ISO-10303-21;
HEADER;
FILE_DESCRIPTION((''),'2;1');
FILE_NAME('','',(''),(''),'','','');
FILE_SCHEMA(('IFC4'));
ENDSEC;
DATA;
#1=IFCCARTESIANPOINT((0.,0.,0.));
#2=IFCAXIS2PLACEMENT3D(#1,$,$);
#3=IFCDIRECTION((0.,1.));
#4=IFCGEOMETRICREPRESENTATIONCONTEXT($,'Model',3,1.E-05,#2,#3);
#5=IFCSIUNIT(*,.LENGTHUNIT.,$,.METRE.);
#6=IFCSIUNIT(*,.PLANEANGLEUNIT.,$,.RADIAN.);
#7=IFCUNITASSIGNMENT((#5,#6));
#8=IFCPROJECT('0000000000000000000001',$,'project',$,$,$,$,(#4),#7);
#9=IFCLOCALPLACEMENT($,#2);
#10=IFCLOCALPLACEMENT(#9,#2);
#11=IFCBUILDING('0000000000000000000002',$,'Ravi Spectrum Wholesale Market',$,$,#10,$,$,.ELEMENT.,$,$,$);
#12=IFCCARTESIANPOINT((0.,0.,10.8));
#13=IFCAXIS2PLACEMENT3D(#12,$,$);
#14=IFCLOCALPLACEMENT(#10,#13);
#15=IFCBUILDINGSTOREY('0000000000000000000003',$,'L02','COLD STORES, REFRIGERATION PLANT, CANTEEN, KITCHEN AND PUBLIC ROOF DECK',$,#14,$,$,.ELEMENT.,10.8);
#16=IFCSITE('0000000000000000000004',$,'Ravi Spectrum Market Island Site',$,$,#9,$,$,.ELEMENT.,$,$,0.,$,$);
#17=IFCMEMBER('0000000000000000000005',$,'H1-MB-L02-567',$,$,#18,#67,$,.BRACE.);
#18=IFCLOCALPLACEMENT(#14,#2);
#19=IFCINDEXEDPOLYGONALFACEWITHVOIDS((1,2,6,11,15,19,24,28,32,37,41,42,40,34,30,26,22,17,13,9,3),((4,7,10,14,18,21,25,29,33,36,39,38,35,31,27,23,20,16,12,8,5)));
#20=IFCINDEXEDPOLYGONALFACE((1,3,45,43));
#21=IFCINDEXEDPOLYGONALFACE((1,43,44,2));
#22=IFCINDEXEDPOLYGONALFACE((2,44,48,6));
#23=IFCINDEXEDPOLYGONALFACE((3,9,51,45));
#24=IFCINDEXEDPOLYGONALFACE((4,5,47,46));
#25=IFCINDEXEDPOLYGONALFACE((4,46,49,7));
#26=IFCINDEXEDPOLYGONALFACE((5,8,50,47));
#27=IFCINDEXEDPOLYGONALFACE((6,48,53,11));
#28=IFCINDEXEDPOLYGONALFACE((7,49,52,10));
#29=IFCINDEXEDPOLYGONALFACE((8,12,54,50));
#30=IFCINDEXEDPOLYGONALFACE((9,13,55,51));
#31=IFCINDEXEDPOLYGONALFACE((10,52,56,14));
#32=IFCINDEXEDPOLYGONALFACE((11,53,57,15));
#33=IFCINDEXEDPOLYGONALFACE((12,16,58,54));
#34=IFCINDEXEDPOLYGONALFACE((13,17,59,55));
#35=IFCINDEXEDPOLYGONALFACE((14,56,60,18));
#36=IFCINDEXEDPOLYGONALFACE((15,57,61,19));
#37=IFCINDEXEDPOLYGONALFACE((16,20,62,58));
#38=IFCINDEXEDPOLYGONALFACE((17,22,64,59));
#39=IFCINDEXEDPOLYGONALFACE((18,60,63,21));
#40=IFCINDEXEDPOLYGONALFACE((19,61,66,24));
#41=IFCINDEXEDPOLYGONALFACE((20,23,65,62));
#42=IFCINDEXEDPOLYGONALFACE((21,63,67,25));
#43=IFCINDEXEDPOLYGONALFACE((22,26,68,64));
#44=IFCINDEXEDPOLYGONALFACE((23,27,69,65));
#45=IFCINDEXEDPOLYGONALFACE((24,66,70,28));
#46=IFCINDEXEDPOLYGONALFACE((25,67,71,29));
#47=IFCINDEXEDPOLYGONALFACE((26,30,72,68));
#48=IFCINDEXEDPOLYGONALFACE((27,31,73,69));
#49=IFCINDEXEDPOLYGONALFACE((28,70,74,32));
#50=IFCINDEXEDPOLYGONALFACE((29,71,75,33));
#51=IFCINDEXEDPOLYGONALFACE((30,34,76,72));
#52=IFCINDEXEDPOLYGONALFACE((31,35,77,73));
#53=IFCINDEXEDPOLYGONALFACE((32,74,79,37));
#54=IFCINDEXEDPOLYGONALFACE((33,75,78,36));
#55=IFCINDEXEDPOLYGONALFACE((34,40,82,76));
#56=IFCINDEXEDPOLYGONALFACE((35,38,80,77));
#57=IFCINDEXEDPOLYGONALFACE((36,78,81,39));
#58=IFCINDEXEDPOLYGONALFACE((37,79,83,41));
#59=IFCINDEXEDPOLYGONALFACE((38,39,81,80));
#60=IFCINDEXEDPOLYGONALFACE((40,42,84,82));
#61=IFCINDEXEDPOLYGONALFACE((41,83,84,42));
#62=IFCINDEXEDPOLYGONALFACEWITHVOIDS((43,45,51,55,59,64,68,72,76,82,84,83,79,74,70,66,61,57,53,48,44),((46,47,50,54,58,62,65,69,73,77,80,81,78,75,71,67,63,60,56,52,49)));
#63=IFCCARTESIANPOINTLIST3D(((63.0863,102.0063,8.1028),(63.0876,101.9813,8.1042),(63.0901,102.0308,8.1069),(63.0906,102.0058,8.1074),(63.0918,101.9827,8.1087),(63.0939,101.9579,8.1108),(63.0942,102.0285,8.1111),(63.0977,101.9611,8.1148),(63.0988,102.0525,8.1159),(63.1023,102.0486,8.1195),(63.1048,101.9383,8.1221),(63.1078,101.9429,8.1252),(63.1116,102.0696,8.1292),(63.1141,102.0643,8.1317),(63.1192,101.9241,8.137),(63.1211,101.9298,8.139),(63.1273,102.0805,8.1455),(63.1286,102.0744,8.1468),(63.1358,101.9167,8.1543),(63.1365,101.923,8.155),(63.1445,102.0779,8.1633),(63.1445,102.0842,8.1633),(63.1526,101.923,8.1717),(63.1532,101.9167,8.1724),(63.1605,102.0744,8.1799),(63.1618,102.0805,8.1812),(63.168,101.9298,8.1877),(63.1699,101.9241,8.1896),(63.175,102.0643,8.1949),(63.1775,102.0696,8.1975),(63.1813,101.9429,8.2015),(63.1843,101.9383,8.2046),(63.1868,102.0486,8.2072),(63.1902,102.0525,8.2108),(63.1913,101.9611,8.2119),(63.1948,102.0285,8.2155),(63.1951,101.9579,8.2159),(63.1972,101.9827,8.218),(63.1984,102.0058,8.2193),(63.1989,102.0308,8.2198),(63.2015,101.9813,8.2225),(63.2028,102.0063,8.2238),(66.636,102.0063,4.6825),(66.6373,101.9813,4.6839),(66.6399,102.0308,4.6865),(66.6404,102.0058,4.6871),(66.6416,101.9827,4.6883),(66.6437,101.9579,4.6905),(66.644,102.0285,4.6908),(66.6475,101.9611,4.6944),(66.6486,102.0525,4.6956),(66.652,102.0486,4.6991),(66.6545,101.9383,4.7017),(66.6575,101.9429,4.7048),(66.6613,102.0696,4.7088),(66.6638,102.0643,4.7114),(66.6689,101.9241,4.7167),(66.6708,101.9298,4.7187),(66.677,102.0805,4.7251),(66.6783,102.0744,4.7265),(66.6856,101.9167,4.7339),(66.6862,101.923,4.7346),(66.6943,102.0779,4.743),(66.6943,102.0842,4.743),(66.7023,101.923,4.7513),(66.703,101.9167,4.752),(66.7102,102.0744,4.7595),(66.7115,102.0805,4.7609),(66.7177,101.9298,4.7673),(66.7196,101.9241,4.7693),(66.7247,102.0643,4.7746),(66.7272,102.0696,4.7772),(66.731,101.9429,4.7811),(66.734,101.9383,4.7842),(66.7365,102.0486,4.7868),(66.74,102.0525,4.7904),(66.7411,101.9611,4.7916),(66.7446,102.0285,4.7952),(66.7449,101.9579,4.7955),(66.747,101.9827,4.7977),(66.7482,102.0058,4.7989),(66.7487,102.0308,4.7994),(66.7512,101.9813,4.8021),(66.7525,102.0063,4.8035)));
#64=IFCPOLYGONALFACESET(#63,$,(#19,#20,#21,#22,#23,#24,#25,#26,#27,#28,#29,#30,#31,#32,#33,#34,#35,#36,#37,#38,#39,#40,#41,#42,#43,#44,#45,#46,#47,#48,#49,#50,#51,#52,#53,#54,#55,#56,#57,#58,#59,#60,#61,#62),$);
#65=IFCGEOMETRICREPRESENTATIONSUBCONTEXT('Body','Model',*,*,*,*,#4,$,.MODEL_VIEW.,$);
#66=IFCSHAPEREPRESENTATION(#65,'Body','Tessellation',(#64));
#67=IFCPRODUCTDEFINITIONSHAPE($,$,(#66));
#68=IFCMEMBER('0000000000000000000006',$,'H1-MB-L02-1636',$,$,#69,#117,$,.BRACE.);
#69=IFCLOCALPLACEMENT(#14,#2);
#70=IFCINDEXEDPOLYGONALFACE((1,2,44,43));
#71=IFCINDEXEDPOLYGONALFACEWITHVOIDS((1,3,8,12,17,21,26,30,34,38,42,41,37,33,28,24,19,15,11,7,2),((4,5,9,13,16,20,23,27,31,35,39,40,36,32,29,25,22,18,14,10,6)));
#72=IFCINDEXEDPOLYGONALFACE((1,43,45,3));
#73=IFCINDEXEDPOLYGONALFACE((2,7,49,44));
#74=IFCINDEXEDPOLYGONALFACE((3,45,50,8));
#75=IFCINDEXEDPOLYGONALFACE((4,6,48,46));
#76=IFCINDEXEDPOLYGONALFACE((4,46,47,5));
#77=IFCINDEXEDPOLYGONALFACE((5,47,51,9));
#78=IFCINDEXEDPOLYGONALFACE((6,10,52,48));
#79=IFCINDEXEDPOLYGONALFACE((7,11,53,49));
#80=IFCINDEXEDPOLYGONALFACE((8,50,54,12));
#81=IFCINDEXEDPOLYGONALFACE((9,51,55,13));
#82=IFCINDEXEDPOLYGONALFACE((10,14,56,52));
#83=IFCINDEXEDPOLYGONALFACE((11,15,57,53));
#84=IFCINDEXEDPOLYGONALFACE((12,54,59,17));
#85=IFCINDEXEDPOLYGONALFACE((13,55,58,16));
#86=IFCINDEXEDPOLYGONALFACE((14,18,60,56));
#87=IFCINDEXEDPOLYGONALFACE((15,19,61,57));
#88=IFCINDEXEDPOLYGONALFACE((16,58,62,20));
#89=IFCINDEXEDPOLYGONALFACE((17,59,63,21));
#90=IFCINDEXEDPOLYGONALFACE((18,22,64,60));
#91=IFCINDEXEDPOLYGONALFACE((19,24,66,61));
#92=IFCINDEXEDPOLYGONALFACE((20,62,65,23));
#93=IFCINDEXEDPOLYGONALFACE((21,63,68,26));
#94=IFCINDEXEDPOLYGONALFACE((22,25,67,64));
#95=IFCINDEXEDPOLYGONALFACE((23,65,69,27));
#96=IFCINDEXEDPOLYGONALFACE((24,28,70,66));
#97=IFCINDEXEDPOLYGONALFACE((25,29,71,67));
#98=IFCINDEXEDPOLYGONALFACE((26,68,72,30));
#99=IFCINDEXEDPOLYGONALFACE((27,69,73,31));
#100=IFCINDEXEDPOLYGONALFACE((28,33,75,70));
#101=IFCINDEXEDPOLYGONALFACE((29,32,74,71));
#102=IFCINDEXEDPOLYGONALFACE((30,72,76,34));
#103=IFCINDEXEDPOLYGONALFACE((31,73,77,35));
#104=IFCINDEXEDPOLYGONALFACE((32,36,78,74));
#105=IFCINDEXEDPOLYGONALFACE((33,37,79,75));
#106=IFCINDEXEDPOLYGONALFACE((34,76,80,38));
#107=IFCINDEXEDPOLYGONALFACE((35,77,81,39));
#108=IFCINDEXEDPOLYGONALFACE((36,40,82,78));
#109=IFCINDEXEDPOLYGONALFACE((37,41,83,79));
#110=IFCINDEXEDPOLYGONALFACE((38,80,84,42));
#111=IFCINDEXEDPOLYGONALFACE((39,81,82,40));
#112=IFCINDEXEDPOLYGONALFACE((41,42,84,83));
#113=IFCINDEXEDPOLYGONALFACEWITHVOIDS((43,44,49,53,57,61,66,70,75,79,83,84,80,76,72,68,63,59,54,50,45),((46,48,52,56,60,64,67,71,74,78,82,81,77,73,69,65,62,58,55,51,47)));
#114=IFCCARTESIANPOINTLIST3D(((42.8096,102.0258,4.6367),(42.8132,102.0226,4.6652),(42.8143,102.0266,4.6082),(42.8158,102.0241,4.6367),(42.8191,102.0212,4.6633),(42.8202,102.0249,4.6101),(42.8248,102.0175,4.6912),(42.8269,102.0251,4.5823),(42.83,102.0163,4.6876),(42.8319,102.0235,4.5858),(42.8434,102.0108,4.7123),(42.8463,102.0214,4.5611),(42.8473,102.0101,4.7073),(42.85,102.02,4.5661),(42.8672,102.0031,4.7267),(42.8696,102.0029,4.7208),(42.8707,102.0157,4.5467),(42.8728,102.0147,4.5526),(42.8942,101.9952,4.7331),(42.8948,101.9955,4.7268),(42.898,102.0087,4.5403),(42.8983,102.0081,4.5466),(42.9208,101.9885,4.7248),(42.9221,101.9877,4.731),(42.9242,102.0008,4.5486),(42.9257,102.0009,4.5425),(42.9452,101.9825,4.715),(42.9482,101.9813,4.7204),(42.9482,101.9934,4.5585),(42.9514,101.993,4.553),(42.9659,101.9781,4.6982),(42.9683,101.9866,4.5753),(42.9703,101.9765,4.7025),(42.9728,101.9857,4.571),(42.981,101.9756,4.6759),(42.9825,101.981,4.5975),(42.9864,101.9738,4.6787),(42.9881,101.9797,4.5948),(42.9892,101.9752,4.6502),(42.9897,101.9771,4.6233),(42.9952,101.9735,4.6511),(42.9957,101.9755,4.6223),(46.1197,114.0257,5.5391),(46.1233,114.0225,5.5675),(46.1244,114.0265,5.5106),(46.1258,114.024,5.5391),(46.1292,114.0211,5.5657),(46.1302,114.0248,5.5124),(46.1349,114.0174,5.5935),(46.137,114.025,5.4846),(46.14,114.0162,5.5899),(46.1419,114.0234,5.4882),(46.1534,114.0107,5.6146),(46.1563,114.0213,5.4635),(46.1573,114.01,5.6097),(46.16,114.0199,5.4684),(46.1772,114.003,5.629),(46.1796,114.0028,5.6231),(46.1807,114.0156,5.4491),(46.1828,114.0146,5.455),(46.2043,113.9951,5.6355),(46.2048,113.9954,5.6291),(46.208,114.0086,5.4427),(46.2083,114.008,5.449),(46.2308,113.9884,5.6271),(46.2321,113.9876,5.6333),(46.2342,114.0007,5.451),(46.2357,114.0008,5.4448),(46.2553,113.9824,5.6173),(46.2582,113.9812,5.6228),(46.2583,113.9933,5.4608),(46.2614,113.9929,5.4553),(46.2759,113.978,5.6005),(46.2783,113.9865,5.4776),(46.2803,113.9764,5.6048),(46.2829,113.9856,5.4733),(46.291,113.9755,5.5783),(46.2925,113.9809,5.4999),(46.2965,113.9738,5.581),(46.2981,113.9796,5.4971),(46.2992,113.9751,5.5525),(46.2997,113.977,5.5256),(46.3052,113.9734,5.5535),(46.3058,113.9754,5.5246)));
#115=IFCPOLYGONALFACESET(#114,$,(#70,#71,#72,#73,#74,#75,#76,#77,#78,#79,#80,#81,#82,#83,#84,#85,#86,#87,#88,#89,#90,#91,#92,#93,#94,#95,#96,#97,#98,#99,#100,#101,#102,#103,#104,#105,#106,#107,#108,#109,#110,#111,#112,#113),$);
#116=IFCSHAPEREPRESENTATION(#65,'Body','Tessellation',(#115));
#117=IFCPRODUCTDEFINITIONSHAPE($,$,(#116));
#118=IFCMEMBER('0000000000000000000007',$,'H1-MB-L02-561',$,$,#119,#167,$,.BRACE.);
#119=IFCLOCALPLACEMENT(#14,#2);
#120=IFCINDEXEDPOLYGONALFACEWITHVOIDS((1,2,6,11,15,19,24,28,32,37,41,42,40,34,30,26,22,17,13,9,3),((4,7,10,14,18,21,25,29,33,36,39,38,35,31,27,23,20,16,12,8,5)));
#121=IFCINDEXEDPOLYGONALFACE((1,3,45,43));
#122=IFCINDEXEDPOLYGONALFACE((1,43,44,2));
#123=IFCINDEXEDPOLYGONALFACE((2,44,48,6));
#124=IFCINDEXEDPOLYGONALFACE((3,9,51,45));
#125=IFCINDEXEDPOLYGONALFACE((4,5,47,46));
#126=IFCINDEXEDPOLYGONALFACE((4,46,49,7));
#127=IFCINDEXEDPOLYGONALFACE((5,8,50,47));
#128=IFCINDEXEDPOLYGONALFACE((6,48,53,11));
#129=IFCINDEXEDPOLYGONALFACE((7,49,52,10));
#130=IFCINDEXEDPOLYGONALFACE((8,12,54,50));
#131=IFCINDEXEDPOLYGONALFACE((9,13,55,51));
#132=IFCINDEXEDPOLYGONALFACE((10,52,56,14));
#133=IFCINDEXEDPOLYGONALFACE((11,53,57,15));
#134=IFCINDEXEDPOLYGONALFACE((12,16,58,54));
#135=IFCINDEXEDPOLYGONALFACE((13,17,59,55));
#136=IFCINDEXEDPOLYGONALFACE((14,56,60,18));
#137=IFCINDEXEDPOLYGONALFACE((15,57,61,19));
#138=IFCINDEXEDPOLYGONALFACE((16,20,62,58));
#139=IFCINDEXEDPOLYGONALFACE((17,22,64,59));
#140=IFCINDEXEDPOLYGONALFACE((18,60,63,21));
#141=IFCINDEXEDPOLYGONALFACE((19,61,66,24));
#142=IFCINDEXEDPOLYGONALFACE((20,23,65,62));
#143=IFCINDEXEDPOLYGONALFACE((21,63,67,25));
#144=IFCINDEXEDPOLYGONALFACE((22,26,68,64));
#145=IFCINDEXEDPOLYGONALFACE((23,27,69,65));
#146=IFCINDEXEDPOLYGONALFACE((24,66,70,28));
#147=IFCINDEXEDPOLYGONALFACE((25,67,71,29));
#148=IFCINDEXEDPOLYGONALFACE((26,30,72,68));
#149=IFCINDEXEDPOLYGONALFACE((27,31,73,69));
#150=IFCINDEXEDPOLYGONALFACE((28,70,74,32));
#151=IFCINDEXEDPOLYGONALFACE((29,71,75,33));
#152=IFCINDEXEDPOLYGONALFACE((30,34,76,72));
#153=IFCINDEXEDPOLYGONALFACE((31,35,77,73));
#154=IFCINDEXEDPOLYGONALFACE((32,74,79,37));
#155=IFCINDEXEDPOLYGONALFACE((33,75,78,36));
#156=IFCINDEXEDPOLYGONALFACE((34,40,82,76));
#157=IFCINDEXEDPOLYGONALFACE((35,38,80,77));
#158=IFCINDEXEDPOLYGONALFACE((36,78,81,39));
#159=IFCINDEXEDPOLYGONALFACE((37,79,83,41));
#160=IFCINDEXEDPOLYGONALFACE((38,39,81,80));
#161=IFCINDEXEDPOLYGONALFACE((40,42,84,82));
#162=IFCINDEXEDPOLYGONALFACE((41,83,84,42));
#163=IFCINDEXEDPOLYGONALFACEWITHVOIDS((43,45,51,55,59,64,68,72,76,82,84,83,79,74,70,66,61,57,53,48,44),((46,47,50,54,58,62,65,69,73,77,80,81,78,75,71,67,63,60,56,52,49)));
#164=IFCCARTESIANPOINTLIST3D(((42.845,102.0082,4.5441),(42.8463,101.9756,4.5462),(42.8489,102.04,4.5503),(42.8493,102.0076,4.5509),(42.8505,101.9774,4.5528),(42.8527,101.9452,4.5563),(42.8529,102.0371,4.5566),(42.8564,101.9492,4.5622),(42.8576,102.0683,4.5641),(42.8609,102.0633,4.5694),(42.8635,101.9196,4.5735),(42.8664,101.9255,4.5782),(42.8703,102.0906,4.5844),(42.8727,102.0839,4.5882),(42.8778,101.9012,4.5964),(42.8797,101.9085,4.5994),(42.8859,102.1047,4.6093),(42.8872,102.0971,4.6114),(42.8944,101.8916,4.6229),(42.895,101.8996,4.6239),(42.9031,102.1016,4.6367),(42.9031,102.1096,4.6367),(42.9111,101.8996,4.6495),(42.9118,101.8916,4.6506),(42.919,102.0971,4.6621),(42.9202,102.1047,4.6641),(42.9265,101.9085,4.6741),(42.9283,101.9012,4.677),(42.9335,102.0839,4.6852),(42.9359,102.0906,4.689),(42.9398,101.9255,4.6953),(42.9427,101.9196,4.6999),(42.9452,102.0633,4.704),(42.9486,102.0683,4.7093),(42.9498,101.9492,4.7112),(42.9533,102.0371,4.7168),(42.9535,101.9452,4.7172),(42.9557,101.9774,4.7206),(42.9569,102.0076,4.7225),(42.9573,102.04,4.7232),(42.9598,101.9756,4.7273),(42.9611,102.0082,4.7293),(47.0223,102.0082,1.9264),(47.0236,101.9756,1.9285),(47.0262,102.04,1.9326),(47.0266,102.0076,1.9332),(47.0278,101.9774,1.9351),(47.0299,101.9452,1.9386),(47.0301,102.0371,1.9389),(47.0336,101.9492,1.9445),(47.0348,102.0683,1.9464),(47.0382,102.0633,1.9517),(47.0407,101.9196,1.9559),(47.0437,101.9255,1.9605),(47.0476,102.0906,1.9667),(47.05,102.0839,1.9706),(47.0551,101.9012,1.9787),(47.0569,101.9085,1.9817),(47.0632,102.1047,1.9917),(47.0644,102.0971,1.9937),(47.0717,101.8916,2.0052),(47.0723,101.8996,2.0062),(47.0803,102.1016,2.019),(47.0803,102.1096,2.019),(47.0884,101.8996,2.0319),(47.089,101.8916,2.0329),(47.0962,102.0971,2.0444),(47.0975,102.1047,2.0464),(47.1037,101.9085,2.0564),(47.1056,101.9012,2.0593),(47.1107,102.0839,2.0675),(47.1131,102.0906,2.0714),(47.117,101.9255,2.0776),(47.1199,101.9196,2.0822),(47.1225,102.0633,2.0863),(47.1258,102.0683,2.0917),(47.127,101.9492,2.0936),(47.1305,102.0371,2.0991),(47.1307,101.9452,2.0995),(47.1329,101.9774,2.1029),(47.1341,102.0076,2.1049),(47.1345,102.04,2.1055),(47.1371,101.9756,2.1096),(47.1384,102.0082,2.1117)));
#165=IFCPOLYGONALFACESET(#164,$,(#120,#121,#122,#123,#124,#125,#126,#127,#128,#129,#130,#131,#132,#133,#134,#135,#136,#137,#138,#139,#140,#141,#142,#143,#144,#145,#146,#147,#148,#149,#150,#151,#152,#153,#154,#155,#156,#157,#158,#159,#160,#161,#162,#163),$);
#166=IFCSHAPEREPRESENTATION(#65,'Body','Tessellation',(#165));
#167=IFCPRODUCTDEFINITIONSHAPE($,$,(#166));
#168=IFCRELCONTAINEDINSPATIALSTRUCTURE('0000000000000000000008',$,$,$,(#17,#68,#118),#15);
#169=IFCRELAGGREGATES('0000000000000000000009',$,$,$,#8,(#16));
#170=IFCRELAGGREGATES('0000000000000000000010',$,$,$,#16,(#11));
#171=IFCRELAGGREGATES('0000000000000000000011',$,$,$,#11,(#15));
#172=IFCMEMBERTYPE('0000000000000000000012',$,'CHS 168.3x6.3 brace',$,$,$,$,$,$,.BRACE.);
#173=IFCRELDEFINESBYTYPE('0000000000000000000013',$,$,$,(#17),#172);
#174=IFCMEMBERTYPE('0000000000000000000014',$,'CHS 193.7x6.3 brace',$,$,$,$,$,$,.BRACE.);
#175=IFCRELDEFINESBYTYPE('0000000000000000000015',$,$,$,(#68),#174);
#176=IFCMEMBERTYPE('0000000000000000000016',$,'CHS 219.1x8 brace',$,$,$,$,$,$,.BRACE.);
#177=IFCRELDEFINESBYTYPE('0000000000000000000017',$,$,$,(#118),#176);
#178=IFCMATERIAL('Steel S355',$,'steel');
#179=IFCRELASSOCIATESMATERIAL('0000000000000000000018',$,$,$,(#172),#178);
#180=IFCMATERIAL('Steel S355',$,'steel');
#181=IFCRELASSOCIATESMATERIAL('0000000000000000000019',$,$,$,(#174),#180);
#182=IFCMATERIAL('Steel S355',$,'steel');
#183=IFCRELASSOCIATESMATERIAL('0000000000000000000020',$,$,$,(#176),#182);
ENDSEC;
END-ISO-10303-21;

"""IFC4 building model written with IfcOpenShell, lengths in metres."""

from ifc_helpers import new_model, si_unit, direction, frame, origin, origin_2d, place, context, subcontext, project, spatial, hollow_circle, extrude, material, material_profile, profile_set, type_object, element, save


model = new_model("IFC4")

# Units and contexts
model_context = context("Model", 3, precision=1e-05, world=origin(), true_north=direction((0.0, 1.0)))
body_context = subcontext(model_context, "Body", "Model", "MODEL_VIEW")
ifc_project = project(units=[si_unit("LENGTHUNIT", "METRE"), si_unit("PLANEANGLEUNIT", "RADIAN")], contexts=[model_context])

# Site, building, storey
site_placement = place(None, origin())
site = spatial("IfcSite", under=ifc_project, at=site_placement, Name="Ravi Spectrum Market Island Site", CompositionType="ELEMENT", RefElevation=0.0)
building_placement = place(site_placement, origin())
building = spatial("IfcBuilding", under=site, at=building_placement, Name="Ravi Spectrum Wholesale Market", CompositionType="ELEMENT")
storey_placement = place(building_placement, frame((0.0, 0.0, 10.8)))
storey = spatial("IfcBuildingStorey", under=building, at=storey_placement, Name="L02", Description="COLD STORES, REFRIGERATION PLANT, CANTEEN, KITCHEN AND PUBLIC ROOF DECK", CompositionType="ELEMENT", Elevation=10.8)

# Members
ifc_material_1 = material(Name="Steel S355", Category="steel")
ifc_material_profile_1 = material_profile(ifc_material_1, hollow_circle(Radius=0.0842, WallThickness=0.0063, at=origin_2d()))
ifc_profile_set_1 = profile_set([ifc_material_profile_1], Name="Steel S355")
member_type_1 = type_object("IfcMemberType", Name="CHS 168.3x6.3 brace", PredefinedType="BRACE", material=ifc_profile_set_1)
member_1_placement = place(storey_placement, frame((63.1445, 102.0, 8.1633), z_axis=(0.720109, 0.0, -0.693861), x_axis=(0.0, 1.0, 0.0)))
element("IfcMember", 1, at=member_1_placement, inside=storey, type_object=member_type_1, Name="H1-MB-L02-567", PredefinedType="BRACE", context=body_context, shape_type="SweptSolid", body=[
    extrude(hollow_circle(Radius=0.0842, WallThickness=0.0063, at=origin_2d()), origin(), (0.0, 0.0, 1.0), 4.9294),
])
ifc_material_2 = material(Name="Steel S355", Category="steel")
ifc_material_profile_2 = material_profile(ifc_material_2, hollow_circle(Radius=0.0969, WallThickness=0.0063, at=origin_2d()))
ifc_profile_set_2 = profile_set([ifc_material_profile_2], Name="Steel S355")
member_type_2 = type_object("IfcMemberType", Name="CHS 193.7x6.3 brace", PredefinedType="BRACE", material=ifc_profile_set_2)
member_2_placement = place(storey_placement, frame((42.9031, 102.0, 4.6367), z_axis=(0.265212, 0.961476, 0.072298), x_axis=(-0.963999, 0.265908, 0.0)))
element("IfcMember", 2, at=member_2_placement, inside=storey, type_object=member_type_2, Name="H1-MB-L02-1636", PredefinedType="BRACE", context=body_context, shape_type="SweptSolid", body=[
    extrude(hollow_circle(Radius=0.0969, WallThickness=0.0063, at=origin_2d()), origin(), (0.0, 0.0, 1.0), 12.4807),
])
ifc_material_3 = material(Name="Steel S355", Category="steel")
ifc_material_profile_3 = material_profile(ifc_material_3, hollow_circle(Radius=0.1096, WallThickness=0.0081, at=origin_2d()))
ifc_profile_set_3 = profile_set([ifc_material_profile_3], Name="Steel S355")
member_type_3 = type_object("IfcMemberType", Name="CHS 219.1x8 brace", PredefinedType="BRACE", material=ifc_profile_set_3)
for number, where, z_axis, x_axis, name in (
    (3, (42.9031, 102.0, 4.6367), (0.847369, 0.0, -0.531005), (0.0, 1.0, 0.0), "H1-MB-L02-561"),
):
    element("IfcMember", number, at=place(storey_placement, frame(where, z_axis=z_axis, x_axis=x_axis)), inside=storey, type_object=member_type_3, Name=name, PredefinedType="BRACE", context=body_context, shape_type="SweptSolid", body=[
        extrude(hollow_circle(Radius=0.1096, WallThickness=0.0081, at=origin_2d()), origin(), (0.0, 0.0, 1.0), 4.9297),
    ])

save(model, "model.ifc")
